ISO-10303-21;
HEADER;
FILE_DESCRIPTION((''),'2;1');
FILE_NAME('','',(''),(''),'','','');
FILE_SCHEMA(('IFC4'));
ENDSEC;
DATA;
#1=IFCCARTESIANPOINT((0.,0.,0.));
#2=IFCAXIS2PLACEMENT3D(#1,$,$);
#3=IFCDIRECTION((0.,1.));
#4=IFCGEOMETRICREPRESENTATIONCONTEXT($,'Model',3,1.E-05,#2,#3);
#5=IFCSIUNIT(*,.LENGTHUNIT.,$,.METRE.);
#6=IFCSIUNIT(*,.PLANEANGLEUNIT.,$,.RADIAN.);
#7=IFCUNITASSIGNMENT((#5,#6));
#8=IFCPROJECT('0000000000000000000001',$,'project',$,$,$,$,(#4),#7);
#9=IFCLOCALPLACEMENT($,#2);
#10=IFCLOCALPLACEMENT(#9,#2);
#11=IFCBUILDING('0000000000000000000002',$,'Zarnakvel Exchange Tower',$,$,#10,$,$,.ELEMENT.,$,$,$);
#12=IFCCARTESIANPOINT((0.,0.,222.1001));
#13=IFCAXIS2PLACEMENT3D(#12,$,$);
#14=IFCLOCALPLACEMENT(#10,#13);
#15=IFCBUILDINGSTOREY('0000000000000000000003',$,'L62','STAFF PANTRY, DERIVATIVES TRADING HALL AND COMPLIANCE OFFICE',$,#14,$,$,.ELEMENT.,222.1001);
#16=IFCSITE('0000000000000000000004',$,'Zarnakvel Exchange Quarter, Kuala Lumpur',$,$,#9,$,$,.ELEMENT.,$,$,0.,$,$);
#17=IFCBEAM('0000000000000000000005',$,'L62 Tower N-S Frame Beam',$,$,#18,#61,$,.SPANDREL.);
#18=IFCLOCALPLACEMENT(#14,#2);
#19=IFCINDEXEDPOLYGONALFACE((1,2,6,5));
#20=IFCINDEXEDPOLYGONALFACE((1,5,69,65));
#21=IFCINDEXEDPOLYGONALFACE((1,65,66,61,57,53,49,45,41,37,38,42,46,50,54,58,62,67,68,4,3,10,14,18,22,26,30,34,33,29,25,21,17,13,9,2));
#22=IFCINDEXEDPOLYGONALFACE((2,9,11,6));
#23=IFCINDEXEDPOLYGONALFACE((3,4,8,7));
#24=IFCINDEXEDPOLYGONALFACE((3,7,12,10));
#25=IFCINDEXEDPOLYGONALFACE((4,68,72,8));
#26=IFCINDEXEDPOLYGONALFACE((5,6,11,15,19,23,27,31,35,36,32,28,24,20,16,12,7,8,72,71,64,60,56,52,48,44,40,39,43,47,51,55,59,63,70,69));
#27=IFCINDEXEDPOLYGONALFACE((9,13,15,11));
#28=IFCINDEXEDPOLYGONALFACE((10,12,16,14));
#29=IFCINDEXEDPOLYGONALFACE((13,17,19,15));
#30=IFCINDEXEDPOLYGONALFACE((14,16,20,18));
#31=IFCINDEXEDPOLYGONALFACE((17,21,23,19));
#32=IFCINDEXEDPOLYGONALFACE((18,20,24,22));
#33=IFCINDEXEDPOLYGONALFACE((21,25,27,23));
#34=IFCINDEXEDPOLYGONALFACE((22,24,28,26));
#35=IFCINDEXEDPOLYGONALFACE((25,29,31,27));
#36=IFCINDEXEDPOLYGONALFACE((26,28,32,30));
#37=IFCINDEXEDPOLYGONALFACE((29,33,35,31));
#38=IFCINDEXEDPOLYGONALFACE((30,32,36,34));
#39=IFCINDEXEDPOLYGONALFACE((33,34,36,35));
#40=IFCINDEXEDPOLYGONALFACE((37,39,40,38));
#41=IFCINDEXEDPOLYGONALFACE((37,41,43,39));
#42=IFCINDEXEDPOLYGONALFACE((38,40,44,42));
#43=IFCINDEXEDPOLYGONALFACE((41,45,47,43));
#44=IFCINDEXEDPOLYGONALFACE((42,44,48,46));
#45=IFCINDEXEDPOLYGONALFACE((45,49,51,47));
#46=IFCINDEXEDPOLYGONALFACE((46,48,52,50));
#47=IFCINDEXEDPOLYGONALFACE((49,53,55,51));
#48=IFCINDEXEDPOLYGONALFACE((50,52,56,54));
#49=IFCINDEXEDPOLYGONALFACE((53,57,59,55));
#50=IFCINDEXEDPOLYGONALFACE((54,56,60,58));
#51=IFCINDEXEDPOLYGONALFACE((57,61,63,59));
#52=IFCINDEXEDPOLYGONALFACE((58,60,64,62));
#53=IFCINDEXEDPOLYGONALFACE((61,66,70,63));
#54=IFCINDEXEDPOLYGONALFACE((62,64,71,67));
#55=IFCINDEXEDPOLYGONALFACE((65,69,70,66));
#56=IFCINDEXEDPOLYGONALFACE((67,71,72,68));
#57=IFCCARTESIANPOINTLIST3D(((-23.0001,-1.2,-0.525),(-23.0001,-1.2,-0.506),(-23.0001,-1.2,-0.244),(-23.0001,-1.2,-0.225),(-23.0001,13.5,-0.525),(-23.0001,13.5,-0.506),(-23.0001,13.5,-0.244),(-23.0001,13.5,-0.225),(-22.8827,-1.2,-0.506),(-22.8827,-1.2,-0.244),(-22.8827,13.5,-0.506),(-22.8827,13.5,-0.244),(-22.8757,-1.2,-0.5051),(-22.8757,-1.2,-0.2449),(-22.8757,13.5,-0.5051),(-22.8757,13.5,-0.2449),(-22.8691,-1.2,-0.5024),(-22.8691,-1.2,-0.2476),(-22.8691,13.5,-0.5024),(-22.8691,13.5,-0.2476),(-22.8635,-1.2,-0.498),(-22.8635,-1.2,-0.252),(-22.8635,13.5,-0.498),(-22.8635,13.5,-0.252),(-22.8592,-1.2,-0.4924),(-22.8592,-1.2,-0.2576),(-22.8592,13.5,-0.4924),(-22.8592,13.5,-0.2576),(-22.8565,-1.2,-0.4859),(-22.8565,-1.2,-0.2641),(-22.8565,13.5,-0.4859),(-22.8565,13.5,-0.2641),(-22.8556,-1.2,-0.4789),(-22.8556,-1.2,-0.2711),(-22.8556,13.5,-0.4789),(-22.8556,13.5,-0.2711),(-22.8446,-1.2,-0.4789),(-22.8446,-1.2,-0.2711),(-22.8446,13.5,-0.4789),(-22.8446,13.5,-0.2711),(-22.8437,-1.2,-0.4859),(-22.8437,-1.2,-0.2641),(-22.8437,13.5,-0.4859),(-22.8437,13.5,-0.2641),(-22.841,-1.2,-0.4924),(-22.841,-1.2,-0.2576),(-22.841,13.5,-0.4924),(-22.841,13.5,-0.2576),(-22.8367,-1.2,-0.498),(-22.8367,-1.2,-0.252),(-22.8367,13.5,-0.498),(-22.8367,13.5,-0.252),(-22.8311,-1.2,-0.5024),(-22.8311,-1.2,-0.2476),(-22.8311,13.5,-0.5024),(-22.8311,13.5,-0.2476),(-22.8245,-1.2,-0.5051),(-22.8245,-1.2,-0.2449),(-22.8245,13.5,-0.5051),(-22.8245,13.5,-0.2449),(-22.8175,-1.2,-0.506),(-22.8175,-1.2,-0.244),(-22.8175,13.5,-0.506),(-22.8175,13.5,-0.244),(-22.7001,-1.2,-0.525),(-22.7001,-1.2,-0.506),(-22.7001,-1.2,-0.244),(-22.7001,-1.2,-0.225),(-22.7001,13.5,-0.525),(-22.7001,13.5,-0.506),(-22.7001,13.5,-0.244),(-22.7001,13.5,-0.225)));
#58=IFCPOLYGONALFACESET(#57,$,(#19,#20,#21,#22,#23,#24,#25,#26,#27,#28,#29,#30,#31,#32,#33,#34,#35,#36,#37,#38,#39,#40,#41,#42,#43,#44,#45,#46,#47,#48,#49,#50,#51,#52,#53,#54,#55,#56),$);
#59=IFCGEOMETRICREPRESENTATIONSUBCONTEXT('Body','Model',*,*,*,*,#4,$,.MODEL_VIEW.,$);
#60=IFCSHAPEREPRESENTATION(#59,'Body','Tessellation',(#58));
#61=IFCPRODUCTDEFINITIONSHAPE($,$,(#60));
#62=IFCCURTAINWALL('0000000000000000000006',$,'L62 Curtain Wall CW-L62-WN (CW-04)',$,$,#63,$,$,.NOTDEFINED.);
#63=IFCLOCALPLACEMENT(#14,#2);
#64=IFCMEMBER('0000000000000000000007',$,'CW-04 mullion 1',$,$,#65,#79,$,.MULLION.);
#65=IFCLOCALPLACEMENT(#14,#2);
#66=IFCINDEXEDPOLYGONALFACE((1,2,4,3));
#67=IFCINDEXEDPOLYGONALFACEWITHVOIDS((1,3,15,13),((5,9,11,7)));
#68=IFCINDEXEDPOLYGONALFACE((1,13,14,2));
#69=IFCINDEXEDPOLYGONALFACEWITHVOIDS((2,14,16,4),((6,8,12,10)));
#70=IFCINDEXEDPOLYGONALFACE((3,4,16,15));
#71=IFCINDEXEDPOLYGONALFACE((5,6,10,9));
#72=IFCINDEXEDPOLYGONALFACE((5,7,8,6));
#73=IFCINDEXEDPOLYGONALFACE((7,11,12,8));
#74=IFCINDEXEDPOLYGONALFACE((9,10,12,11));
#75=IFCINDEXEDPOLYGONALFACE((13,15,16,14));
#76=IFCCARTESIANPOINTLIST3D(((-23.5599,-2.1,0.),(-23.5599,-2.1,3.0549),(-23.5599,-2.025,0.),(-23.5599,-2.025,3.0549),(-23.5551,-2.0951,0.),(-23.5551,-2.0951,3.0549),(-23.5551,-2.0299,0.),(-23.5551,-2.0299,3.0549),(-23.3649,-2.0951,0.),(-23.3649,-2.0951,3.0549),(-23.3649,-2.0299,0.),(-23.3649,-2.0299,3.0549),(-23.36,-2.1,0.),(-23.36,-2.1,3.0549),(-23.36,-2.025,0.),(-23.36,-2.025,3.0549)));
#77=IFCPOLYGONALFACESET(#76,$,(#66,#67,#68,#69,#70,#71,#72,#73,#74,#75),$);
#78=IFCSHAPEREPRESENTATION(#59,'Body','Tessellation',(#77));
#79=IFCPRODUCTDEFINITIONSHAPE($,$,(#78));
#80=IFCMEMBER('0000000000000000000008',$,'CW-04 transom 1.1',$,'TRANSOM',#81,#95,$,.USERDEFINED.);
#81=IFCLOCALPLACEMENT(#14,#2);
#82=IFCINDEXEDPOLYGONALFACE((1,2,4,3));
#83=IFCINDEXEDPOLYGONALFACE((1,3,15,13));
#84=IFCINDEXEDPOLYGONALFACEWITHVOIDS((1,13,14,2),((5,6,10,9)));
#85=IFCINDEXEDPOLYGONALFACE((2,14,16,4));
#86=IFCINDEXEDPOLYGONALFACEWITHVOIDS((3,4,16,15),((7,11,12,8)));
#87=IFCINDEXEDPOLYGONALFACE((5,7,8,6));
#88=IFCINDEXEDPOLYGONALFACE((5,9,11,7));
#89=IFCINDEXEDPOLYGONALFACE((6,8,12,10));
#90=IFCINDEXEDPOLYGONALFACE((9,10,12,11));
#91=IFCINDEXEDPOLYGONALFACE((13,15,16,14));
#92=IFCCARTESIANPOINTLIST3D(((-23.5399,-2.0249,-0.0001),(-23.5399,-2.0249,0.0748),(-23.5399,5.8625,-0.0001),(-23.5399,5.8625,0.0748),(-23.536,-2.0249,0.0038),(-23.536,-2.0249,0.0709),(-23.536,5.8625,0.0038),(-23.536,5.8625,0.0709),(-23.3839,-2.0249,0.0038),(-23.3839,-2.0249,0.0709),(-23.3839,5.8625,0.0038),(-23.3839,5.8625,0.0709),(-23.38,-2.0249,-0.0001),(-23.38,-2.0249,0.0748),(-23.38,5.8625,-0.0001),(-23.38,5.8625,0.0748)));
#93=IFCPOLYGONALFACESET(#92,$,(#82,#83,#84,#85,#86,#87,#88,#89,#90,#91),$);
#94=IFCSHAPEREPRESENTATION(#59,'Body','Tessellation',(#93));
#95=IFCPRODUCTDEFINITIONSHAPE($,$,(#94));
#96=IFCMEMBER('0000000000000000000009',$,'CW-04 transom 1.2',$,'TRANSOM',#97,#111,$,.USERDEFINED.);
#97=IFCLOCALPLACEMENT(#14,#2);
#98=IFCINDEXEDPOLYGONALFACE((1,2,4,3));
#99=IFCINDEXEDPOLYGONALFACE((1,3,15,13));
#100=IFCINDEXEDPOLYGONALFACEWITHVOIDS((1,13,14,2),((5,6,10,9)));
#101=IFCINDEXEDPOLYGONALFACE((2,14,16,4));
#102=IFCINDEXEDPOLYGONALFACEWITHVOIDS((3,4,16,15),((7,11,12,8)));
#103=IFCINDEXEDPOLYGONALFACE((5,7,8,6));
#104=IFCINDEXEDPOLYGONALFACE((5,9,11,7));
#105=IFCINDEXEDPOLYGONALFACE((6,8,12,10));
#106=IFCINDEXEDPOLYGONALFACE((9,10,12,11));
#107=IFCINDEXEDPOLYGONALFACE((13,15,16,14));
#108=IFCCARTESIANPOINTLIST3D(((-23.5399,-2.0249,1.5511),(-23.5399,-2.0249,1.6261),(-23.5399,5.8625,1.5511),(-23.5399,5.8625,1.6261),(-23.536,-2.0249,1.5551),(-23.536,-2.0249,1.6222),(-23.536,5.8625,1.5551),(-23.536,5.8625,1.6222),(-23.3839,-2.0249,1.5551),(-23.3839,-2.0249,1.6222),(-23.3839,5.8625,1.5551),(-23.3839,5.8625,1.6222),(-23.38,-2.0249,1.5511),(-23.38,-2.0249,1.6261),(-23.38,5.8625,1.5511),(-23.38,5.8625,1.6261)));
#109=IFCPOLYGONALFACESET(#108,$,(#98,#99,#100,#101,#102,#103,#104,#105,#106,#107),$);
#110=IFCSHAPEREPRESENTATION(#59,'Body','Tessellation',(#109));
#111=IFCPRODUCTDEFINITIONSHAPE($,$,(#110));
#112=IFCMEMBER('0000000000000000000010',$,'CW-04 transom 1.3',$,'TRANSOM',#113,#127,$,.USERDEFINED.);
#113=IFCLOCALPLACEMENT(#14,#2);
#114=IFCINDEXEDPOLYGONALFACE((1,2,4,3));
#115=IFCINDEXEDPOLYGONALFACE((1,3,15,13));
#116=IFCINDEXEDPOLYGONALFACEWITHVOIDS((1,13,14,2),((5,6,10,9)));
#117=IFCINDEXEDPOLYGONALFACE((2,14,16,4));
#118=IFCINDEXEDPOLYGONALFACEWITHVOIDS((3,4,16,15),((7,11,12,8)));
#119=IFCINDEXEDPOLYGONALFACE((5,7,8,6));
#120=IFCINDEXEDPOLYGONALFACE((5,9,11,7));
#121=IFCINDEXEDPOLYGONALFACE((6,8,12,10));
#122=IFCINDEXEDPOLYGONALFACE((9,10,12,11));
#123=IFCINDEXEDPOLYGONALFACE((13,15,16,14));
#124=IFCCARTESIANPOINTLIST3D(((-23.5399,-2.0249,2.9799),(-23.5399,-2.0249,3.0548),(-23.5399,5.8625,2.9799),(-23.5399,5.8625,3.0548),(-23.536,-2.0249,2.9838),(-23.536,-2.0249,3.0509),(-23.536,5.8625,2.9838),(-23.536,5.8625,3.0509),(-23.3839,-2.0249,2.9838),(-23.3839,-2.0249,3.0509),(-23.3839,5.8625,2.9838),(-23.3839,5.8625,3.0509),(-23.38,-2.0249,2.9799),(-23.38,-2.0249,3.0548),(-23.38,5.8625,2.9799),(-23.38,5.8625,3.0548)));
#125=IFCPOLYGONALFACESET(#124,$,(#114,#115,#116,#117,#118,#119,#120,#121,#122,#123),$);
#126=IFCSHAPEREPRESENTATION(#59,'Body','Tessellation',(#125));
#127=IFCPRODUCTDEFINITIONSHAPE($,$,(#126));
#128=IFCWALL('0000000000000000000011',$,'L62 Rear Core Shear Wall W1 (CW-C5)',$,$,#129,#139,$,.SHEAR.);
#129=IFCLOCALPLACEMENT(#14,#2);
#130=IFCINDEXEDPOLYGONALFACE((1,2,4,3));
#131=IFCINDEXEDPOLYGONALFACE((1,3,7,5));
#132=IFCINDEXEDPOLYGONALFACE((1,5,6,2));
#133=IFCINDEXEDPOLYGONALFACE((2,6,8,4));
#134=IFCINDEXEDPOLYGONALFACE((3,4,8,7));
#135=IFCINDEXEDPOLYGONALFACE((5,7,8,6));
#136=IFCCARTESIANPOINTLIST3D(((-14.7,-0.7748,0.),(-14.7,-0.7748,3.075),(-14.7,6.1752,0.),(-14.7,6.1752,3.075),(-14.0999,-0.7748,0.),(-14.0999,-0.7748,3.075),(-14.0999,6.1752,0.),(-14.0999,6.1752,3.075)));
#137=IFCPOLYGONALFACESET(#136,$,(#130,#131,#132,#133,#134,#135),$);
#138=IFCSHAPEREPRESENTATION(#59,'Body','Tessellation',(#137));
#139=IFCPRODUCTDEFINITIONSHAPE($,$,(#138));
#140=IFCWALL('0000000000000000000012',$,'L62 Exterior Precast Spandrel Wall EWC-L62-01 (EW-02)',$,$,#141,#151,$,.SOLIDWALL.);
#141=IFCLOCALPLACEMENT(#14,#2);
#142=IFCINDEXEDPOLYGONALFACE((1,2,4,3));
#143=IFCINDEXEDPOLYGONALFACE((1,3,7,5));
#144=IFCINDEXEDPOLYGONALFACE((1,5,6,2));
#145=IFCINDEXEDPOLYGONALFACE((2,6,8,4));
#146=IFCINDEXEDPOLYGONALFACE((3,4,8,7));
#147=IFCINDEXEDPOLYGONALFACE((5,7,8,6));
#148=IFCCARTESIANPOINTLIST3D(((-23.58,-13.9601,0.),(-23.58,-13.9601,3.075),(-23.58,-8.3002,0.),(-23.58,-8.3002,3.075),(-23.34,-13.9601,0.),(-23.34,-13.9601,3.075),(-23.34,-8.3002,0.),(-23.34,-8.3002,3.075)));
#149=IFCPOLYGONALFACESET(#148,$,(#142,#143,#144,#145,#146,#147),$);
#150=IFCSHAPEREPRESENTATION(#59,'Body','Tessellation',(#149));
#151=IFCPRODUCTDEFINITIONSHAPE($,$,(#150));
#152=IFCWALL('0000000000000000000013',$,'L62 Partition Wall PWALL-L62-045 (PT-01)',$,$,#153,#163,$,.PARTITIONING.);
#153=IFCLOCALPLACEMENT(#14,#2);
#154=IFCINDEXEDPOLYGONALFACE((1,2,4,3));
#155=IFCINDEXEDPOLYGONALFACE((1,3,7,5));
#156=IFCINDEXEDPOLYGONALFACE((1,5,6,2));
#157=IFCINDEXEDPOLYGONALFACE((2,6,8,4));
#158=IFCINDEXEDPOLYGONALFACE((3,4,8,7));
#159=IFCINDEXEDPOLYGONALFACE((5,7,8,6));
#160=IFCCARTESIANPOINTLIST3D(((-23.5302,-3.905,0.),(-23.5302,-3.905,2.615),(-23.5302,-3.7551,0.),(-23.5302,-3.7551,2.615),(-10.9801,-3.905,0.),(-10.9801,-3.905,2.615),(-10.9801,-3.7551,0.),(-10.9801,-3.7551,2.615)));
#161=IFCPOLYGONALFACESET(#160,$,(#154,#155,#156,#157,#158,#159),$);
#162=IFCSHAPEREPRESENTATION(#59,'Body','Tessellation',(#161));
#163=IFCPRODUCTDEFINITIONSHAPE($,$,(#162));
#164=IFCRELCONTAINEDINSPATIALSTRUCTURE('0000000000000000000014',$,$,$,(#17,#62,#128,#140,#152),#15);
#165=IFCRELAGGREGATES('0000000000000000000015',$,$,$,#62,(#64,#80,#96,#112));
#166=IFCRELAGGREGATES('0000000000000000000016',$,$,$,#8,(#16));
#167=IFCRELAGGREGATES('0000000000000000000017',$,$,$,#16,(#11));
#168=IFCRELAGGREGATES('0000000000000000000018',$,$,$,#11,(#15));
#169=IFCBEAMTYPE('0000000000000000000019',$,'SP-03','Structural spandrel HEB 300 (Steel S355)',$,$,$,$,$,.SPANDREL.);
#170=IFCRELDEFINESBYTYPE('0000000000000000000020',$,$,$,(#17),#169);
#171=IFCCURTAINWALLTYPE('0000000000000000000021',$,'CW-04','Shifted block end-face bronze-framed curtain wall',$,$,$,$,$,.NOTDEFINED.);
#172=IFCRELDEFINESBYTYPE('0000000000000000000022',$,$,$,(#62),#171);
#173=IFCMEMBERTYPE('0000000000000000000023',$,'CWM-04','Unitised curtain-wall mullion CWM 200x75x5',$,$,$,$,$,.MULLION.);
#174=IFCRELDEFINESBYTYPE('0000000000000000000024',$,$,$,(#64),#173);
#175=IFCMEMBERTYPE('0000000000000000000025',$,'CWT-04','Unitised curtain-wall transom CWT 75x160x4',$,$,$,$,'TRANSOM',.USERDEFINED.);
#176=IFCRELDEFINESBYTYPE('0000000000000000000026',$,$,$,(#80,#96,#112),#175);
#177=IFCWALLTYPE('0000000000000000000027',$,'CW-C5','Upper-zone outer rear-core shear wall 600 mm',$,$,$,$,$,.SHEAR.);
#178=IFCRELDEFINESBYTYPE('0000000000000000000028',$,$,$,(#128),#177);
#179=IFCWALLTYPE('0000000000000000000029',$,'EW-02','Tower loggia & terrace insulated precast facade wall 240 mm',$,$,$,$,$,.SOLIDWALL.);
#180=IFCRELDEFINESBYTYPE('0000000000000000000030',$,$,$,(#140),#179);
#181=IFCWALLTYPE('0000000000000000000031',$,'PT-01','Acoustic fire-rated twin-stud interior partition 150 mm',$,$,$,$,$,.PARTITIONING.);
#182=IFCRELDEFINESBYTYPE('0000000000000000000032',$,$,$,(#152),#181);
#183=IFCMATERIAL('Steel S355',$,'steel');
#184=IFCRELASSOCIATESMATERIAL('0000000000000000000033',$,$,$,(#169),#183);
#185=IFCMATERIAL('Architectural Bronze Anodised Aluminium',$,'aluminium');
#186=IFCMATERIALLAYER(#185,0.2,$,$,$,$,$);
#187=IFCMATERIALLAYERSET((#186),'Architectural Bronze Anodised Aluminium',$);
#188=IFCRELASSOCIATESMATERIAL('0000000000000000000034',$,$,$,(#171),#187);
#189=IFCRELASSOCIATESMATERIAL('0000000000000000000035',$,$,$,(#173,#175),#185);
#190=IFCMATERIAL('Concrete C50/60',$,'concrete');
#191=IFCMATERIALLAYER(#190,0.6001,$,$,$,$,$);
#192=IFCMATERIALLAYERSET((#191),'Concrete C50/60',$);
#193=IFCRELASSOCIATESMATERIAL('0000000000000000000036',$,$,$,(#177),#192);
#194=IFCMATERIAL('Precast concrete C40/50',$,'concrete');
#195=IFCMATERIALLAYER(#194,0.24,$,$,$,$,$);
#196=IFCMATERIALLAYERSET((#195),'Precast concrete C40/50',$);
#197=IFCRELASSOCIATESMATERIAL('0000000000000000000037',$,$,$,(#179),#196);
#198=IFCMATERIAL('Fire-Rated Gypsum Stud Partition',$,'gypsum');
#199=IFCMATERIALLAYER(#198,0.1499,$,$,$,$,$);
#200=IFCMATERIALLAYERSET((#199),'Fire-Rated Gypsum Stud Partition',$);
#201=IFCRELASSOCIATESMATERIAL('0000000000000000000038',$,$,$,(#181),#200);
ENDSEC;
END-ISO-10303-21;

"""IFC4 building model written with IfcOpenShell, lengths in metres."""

from ifc_helpers import new_model, si_unit, direction, frame, frame_2d, origin, origin_2d, place, context, subcontext, project, spatial, rectangle, hollow_rectangle, i_section, extrude, source, transform, mapped, material, layer, layer_set, material_profile, profile_set, type_object, element, aggregate, save


model = new_model("IFC4")

# Units and contexts
model_context = context("Model", 3, precision=1e-05, world=origin(), true_north=direction((0.0, 1.0)))
body_context = subcontext(model_context, "Body", "Model", "MODEL_VIEW")
ifc_project = project(units=[si_unit("LENGTHUNIT", "METRE"), si_unit("PLANEANGLEUNIT", "RADIAN")], contexts=[model_context])

# Site, building, storey
site_placement = place(None, origin())
site = spatial("IfcSite", under=ifc_project, at=site_placement, Name="Zarnakvel Exchange Quarter, Kuala Lumpur", CompositionType="ELEMENT", RefElevation=0.0)
building_placement = place(site_placement, origin())
building = spatial("IfcBuilding", under=site, at=building_placement, Name="Zarnakvel Exchange Tower", CompositionType="ELEMENT")
storey_placement = place(building_placement, frame((0.0, 0.0, 222.1001)))
storey = spatial("IfcBuildingStorey", under=building, at=storey_placement, Name="L62", Description="STAFF PANTRY, DERIVATIVES TRADING HALL AND COMPLIANCE OFFICE", CompositionType="ELEMENT", Elevation=222.1001)

# Shared definitions
ifc_material_1 = material(Name="Concrete C50/60", Category="concrete")
ifc_material_2 = material(Name="Steel S355", Category="steel")

# Beam
ifc_material_profile_1 = material_profile(ifc_material_2, i_section(OverallWidth=0.3, OverallDepth=0.3, WebThickness=0.011, FlangeThickness=0.019, FilletRadius=0.0271, at=origin_2d()))
ifc_profile_set_1 = profile_set([ifc_material_profile_1], Name="Steel S355")
beam_type_1 = type_object("IfcBeamType", Name="SP-03", Description="Structural spandrel HEB 300 (Steel S355)", PredefinedType="SPANDREL", material=ifc_profile_set_1)
beam_1_placement = place(storey_placement, frame((-22.8501, -1.2, -0.375), z_axis=(0.0, 1.0, 0.0), x_axis=(-1.0, 0.0, 0.0)))
element("IfcBeam", 1, at=beam_1_placement, inside=storey, type_object=beam_type_1, Name="L62 Tower N-S Frame Beam", PredefinedType="SPANDREL", context=body_context, shape_type="SweptSolid", body=[
    extrude(i_section(OverallWidth=0.3, OverallDepth=0.3, WebThickness=0.011, FlangeThickness=0.019, FilletRadius=0.0271, at=origin_2d()), origin(), (0.0, 0.0, 1.0), 14.7),
])

# Curtain wall, members
ifc_material_3 = material(Name="Architectural Bronze Anodised Aluminium", Category="aluminium")
ifc_layer_1 = layer(ifc_material_3, 0.2)
ifc_layer_set_1 = layer_set([ifc_layer_1], Name="Architectural Bronze Anodised Aluminium")
curtain_wall_type = type_object("IfcCurtainWallType", Name="CW-04", Description="Shifted block end-face bronze-framed curtain wall", PredefinedType="NOTDEFINED", material=ifc_layer_set_1)
curtain_wall_placement = place(storey_placement, origin())
curtain_wall = element("IfcCurtainWall", 2, at=curtain_wall_placement, inside=storey, type_object=curtain_wall_type, Name="L62 Curtain Wall CW-L62-WN (CW-04)", PredefinedType="NOTDEFINED")
ifc_material_profile_2 = material_profile(ifc_material_3, hollow_rectangle(XDim=0.2, YDim=0.075, WallThickness=0.0049, at=origin_2d()))
ifc_profile_set_2 = profile_set([ifc_material_profile_2], Name="Architectural Bronze Anodised Aluminium")
member_type_1 = type_object("IfcMemberType", Name="CWM-04", Description="Unitised curtain-wall mullion CWM 200x75x5", PredefinedType="MULLION", material=ifc_profile_set_2)
shared_shape_1 = source(origin(), body_context, "Body", "SweptSolid", [
    extrude(hollow_rectangle(XDim=0.2, YDim=0.075, WallThickness=0.0049, at=origin_2d()), origin(), (0.0, 0.0, 1.0), 3.0549),
])
member_1_placement = place(storey_placement, frame((-23.46, -2.0625, 0.0), z_axis=(0.0, 0.0, 1.0), x_axis=(-1.0, 0.0, 0.0)))
member_1 = element("IfcMember", 3, at=member_1_placement, type_object=member_type_1, Name="CW-04 mullion 1", PredefinedType="MULLION", context=body_context, shape_type="MappedRepresentation", body=[
    mapped(shared_shape_1, transform((0.0, 0.0, 0.0), x_axis=(1.0, 0.0, 0.0), y_axis=(0.0, 1.0, 0.0), z_axis=(0.0, 0.0, 1.0), scale=1.0)),
])
ifc_material_profile_3 = material_profile(ifc_material_3, hollow_rectangle(XDim=0.1599, YDim=0.075, WallThickness=0.0039, at=origin_2d()))
ifc_profile_set_3 = profile_set([ifc_material_profile_3], Name="Architectural Bronze Anodised Aluminium")
member_type_2 = type_object("IfcMemberType", Name="CWT-04", Description="Unitised curtain-wall transom CWT 75x160x4", ElementType="TRANSOM", PredefinedType="USERDEFINED", material=ifc_profile_set_3)
shared_shape_2 = source(origin(), body_context, "Body", "SweptSolid", [
    extrude(hollow_rectangle(XDim=0.1599, YDim=0.075, WallThickness=0.0039, at=origin_2d()), origin(), (0.0, 0.0, 1.0), 7.8875),
])
member_2_placement = place(storey_placement, frame((-23.46, -2.0249, 0.0374), z_axis=(0.0, 1.0, 0.0), x_axis=(-1.0, 0.0, 0.0)))
member_2 = element("IfcMember", 4, at=member_2_placement, type_object=member_type_2, Name="CW-04 transom 1.1", ObjectType="TRANSOM", PredefinedType="USERDEFINED", context=body_context, shape_type="MappedRepresentation", body=[
    mapped(shared_shape_2, transform((0.0, 0.0, 0.0), x_axis=(1.0, 0.0, 0.0), y_axis=(0.0, 1.0, 0.0), z_axis=(0.0, 0.0, 1.0), scale=1.0)),
])
member_3_placement = place(storey_placement, frame((-23.46, -2.0249, 1.5886), z_axis=(0.0, 1.0, 0.0), x_axis=(-1.0, 0.0, 0.0)))
member_3 = element("IfcMember", 5, at=member_3_placement, type_object=member_type_2, Name="CW-04 transom 1.2", ObjectType="TRANSOM", PredefinedType="USERDEFINED", context=body_context, shape_type="MappedRepresentation", body=[
    mapped(shared_shape_2, transform((0.0, 0.0, 0.0), x_axis=(1.0, 0.0, 0.0), y_axis=(0.0, 1.0, 0.0), z_axis=(0.0, 0.0, 1.0), scale=1.0)),
])
member_4_placement = place(storey_placement, frame((-23.46, -2.0249, 3.0173), z_axis=(0.0, 1.0, 0.0), x_axis=(-1.0, 0.0, 0.0)))
member_4 = element("IfcMember", 6, at=member_4_placement, type_object=member_type_2, Name="CW-04 transom 1.3", ObjectType="TRANSOM", PredefinedType="USERDEFINED", context=body_context, shape_type="MappedRepresentation", body=[
    mapped(shared_shape_2, transform((0.0, 0.0, 0.0), x_axis=(1.0, 0.0, 0.0), y_axis=(0.0, 1.0, 0.0), z_axis=(0.0, 0.0, 1.0), scale=1.0)),
])
aggregate(curtain_wall, [member_1, member_2, member_3, member_4])

# Walls
ifc_layer_2 = layer(ifc_material_1, 0.6001)
ifc_layer_set_2 = layer_set([ifc_layer_2], Name="Concrete C50/60")
wall_type_1 = type_object("IfcWallType", Name="CW-C5", Description="Upper-zone outer rear-core shear wall 600 mm", PredefinedType="SHEAR", material=ifc_layer_set_2)
wall_1_placement = place(storey_placement, frame((-14.3999, -0.7749, 0.0), z_axis=(0.0, 0.0, 1.0), x_axis=(0.0, 1.0, 0.0)))
element("IfcWall", 7, at=wall_1_placement, inside=storey, type_object=wall_type_1, Name="L62 Rear Core Shear Wall W1 (CW-C5)", PredefinedType="SHEAR", context=body_context, shape_type="SweptSolid", body=[
    extrude(rectangle(XDim=6.95, YDim=0.6001, at=frame_2d((3.4751, 0.0))), origin(), (0.0, 0.0, 1.0), 3.075),
])
ifc_material_4 = material(Name="Precast concrete C40/50", Category="concrete")
ifc_layer_3 = layer(ifc_material_4, 0.24)
ifc_layer_set_3 = layer_set([ifc_layer_3], Name="Precast concrete C40/50")
wall_type_2 = type_object("IfcWallType", Name="EW-02", Description="Tower loggia & terrace insulated precast facade wall 240 mm", PredefinedType="SOLIDWALL", material=ifc_layer_set_3)
wall_2_placement = place(storey_placement, frame((-23.46, -8.3, 0.0), z_axis=(0.0, 0.0, 1.0), x_axis=(0.0, -1.0, 0.0)))
element("IfcWall", 8, at=wall_2_placement, inside=storey, type_object=wall_type_2, Name="L62 Exterior Precast Spandrel Wall EWC-L62-01 (EW-02)", PredefinedType="SOLIDWALL", context=body_context, shape_type="SweptSolid", body=[
    extrude(rectangle(XDim=5.6599, YDim=0.24, at=frame_2d((2.8301, 0.0))), origin(), (0.0, 0.0, 1.0), 3.075),
])
ifc_material_5 = material(Name="Fire-Rated Gypsum Stud Partition", Category="gypsum")
ifc_layer_4 = layer(ifc_material_5, 0.1499)
ifc_layer_set_4 = layer_set([ifc_layer_4], Name="Fire-Rated Gypsum Stud Partition")
wall_type_3 = type_object("IfcWallType", Name="PT-01", Description="Acoustic fire-rated twin-stud interior partition 150 mm", PredefinedType="PARTITIONING", material=ifc_layer_set_4)
wall_3_placement = place(storey_placement, frame((-23.53, -3.8301, 0.0), z_axis=(0.0, 0.0, 1.0), x_axis=(1.0, 0.0, 0.0)))
element("IfcWall", 9, at=wall_3_placement, inside=storey, type_object=wall_type_3, Name="L62 Partition Wall PWALL-L62-045 (PT-01)", PredefinedType="PARTITIONING", context=body_context, shape_type="SweptSolid", body=[
    extrude(rectangle(XDim=12.55, YDim=0.1499, at=frame_2d((6.2749, 0.0))), origin(), (0.0, 0.0, 1.0), 2.615),
])

save(model, "model.ifc")
